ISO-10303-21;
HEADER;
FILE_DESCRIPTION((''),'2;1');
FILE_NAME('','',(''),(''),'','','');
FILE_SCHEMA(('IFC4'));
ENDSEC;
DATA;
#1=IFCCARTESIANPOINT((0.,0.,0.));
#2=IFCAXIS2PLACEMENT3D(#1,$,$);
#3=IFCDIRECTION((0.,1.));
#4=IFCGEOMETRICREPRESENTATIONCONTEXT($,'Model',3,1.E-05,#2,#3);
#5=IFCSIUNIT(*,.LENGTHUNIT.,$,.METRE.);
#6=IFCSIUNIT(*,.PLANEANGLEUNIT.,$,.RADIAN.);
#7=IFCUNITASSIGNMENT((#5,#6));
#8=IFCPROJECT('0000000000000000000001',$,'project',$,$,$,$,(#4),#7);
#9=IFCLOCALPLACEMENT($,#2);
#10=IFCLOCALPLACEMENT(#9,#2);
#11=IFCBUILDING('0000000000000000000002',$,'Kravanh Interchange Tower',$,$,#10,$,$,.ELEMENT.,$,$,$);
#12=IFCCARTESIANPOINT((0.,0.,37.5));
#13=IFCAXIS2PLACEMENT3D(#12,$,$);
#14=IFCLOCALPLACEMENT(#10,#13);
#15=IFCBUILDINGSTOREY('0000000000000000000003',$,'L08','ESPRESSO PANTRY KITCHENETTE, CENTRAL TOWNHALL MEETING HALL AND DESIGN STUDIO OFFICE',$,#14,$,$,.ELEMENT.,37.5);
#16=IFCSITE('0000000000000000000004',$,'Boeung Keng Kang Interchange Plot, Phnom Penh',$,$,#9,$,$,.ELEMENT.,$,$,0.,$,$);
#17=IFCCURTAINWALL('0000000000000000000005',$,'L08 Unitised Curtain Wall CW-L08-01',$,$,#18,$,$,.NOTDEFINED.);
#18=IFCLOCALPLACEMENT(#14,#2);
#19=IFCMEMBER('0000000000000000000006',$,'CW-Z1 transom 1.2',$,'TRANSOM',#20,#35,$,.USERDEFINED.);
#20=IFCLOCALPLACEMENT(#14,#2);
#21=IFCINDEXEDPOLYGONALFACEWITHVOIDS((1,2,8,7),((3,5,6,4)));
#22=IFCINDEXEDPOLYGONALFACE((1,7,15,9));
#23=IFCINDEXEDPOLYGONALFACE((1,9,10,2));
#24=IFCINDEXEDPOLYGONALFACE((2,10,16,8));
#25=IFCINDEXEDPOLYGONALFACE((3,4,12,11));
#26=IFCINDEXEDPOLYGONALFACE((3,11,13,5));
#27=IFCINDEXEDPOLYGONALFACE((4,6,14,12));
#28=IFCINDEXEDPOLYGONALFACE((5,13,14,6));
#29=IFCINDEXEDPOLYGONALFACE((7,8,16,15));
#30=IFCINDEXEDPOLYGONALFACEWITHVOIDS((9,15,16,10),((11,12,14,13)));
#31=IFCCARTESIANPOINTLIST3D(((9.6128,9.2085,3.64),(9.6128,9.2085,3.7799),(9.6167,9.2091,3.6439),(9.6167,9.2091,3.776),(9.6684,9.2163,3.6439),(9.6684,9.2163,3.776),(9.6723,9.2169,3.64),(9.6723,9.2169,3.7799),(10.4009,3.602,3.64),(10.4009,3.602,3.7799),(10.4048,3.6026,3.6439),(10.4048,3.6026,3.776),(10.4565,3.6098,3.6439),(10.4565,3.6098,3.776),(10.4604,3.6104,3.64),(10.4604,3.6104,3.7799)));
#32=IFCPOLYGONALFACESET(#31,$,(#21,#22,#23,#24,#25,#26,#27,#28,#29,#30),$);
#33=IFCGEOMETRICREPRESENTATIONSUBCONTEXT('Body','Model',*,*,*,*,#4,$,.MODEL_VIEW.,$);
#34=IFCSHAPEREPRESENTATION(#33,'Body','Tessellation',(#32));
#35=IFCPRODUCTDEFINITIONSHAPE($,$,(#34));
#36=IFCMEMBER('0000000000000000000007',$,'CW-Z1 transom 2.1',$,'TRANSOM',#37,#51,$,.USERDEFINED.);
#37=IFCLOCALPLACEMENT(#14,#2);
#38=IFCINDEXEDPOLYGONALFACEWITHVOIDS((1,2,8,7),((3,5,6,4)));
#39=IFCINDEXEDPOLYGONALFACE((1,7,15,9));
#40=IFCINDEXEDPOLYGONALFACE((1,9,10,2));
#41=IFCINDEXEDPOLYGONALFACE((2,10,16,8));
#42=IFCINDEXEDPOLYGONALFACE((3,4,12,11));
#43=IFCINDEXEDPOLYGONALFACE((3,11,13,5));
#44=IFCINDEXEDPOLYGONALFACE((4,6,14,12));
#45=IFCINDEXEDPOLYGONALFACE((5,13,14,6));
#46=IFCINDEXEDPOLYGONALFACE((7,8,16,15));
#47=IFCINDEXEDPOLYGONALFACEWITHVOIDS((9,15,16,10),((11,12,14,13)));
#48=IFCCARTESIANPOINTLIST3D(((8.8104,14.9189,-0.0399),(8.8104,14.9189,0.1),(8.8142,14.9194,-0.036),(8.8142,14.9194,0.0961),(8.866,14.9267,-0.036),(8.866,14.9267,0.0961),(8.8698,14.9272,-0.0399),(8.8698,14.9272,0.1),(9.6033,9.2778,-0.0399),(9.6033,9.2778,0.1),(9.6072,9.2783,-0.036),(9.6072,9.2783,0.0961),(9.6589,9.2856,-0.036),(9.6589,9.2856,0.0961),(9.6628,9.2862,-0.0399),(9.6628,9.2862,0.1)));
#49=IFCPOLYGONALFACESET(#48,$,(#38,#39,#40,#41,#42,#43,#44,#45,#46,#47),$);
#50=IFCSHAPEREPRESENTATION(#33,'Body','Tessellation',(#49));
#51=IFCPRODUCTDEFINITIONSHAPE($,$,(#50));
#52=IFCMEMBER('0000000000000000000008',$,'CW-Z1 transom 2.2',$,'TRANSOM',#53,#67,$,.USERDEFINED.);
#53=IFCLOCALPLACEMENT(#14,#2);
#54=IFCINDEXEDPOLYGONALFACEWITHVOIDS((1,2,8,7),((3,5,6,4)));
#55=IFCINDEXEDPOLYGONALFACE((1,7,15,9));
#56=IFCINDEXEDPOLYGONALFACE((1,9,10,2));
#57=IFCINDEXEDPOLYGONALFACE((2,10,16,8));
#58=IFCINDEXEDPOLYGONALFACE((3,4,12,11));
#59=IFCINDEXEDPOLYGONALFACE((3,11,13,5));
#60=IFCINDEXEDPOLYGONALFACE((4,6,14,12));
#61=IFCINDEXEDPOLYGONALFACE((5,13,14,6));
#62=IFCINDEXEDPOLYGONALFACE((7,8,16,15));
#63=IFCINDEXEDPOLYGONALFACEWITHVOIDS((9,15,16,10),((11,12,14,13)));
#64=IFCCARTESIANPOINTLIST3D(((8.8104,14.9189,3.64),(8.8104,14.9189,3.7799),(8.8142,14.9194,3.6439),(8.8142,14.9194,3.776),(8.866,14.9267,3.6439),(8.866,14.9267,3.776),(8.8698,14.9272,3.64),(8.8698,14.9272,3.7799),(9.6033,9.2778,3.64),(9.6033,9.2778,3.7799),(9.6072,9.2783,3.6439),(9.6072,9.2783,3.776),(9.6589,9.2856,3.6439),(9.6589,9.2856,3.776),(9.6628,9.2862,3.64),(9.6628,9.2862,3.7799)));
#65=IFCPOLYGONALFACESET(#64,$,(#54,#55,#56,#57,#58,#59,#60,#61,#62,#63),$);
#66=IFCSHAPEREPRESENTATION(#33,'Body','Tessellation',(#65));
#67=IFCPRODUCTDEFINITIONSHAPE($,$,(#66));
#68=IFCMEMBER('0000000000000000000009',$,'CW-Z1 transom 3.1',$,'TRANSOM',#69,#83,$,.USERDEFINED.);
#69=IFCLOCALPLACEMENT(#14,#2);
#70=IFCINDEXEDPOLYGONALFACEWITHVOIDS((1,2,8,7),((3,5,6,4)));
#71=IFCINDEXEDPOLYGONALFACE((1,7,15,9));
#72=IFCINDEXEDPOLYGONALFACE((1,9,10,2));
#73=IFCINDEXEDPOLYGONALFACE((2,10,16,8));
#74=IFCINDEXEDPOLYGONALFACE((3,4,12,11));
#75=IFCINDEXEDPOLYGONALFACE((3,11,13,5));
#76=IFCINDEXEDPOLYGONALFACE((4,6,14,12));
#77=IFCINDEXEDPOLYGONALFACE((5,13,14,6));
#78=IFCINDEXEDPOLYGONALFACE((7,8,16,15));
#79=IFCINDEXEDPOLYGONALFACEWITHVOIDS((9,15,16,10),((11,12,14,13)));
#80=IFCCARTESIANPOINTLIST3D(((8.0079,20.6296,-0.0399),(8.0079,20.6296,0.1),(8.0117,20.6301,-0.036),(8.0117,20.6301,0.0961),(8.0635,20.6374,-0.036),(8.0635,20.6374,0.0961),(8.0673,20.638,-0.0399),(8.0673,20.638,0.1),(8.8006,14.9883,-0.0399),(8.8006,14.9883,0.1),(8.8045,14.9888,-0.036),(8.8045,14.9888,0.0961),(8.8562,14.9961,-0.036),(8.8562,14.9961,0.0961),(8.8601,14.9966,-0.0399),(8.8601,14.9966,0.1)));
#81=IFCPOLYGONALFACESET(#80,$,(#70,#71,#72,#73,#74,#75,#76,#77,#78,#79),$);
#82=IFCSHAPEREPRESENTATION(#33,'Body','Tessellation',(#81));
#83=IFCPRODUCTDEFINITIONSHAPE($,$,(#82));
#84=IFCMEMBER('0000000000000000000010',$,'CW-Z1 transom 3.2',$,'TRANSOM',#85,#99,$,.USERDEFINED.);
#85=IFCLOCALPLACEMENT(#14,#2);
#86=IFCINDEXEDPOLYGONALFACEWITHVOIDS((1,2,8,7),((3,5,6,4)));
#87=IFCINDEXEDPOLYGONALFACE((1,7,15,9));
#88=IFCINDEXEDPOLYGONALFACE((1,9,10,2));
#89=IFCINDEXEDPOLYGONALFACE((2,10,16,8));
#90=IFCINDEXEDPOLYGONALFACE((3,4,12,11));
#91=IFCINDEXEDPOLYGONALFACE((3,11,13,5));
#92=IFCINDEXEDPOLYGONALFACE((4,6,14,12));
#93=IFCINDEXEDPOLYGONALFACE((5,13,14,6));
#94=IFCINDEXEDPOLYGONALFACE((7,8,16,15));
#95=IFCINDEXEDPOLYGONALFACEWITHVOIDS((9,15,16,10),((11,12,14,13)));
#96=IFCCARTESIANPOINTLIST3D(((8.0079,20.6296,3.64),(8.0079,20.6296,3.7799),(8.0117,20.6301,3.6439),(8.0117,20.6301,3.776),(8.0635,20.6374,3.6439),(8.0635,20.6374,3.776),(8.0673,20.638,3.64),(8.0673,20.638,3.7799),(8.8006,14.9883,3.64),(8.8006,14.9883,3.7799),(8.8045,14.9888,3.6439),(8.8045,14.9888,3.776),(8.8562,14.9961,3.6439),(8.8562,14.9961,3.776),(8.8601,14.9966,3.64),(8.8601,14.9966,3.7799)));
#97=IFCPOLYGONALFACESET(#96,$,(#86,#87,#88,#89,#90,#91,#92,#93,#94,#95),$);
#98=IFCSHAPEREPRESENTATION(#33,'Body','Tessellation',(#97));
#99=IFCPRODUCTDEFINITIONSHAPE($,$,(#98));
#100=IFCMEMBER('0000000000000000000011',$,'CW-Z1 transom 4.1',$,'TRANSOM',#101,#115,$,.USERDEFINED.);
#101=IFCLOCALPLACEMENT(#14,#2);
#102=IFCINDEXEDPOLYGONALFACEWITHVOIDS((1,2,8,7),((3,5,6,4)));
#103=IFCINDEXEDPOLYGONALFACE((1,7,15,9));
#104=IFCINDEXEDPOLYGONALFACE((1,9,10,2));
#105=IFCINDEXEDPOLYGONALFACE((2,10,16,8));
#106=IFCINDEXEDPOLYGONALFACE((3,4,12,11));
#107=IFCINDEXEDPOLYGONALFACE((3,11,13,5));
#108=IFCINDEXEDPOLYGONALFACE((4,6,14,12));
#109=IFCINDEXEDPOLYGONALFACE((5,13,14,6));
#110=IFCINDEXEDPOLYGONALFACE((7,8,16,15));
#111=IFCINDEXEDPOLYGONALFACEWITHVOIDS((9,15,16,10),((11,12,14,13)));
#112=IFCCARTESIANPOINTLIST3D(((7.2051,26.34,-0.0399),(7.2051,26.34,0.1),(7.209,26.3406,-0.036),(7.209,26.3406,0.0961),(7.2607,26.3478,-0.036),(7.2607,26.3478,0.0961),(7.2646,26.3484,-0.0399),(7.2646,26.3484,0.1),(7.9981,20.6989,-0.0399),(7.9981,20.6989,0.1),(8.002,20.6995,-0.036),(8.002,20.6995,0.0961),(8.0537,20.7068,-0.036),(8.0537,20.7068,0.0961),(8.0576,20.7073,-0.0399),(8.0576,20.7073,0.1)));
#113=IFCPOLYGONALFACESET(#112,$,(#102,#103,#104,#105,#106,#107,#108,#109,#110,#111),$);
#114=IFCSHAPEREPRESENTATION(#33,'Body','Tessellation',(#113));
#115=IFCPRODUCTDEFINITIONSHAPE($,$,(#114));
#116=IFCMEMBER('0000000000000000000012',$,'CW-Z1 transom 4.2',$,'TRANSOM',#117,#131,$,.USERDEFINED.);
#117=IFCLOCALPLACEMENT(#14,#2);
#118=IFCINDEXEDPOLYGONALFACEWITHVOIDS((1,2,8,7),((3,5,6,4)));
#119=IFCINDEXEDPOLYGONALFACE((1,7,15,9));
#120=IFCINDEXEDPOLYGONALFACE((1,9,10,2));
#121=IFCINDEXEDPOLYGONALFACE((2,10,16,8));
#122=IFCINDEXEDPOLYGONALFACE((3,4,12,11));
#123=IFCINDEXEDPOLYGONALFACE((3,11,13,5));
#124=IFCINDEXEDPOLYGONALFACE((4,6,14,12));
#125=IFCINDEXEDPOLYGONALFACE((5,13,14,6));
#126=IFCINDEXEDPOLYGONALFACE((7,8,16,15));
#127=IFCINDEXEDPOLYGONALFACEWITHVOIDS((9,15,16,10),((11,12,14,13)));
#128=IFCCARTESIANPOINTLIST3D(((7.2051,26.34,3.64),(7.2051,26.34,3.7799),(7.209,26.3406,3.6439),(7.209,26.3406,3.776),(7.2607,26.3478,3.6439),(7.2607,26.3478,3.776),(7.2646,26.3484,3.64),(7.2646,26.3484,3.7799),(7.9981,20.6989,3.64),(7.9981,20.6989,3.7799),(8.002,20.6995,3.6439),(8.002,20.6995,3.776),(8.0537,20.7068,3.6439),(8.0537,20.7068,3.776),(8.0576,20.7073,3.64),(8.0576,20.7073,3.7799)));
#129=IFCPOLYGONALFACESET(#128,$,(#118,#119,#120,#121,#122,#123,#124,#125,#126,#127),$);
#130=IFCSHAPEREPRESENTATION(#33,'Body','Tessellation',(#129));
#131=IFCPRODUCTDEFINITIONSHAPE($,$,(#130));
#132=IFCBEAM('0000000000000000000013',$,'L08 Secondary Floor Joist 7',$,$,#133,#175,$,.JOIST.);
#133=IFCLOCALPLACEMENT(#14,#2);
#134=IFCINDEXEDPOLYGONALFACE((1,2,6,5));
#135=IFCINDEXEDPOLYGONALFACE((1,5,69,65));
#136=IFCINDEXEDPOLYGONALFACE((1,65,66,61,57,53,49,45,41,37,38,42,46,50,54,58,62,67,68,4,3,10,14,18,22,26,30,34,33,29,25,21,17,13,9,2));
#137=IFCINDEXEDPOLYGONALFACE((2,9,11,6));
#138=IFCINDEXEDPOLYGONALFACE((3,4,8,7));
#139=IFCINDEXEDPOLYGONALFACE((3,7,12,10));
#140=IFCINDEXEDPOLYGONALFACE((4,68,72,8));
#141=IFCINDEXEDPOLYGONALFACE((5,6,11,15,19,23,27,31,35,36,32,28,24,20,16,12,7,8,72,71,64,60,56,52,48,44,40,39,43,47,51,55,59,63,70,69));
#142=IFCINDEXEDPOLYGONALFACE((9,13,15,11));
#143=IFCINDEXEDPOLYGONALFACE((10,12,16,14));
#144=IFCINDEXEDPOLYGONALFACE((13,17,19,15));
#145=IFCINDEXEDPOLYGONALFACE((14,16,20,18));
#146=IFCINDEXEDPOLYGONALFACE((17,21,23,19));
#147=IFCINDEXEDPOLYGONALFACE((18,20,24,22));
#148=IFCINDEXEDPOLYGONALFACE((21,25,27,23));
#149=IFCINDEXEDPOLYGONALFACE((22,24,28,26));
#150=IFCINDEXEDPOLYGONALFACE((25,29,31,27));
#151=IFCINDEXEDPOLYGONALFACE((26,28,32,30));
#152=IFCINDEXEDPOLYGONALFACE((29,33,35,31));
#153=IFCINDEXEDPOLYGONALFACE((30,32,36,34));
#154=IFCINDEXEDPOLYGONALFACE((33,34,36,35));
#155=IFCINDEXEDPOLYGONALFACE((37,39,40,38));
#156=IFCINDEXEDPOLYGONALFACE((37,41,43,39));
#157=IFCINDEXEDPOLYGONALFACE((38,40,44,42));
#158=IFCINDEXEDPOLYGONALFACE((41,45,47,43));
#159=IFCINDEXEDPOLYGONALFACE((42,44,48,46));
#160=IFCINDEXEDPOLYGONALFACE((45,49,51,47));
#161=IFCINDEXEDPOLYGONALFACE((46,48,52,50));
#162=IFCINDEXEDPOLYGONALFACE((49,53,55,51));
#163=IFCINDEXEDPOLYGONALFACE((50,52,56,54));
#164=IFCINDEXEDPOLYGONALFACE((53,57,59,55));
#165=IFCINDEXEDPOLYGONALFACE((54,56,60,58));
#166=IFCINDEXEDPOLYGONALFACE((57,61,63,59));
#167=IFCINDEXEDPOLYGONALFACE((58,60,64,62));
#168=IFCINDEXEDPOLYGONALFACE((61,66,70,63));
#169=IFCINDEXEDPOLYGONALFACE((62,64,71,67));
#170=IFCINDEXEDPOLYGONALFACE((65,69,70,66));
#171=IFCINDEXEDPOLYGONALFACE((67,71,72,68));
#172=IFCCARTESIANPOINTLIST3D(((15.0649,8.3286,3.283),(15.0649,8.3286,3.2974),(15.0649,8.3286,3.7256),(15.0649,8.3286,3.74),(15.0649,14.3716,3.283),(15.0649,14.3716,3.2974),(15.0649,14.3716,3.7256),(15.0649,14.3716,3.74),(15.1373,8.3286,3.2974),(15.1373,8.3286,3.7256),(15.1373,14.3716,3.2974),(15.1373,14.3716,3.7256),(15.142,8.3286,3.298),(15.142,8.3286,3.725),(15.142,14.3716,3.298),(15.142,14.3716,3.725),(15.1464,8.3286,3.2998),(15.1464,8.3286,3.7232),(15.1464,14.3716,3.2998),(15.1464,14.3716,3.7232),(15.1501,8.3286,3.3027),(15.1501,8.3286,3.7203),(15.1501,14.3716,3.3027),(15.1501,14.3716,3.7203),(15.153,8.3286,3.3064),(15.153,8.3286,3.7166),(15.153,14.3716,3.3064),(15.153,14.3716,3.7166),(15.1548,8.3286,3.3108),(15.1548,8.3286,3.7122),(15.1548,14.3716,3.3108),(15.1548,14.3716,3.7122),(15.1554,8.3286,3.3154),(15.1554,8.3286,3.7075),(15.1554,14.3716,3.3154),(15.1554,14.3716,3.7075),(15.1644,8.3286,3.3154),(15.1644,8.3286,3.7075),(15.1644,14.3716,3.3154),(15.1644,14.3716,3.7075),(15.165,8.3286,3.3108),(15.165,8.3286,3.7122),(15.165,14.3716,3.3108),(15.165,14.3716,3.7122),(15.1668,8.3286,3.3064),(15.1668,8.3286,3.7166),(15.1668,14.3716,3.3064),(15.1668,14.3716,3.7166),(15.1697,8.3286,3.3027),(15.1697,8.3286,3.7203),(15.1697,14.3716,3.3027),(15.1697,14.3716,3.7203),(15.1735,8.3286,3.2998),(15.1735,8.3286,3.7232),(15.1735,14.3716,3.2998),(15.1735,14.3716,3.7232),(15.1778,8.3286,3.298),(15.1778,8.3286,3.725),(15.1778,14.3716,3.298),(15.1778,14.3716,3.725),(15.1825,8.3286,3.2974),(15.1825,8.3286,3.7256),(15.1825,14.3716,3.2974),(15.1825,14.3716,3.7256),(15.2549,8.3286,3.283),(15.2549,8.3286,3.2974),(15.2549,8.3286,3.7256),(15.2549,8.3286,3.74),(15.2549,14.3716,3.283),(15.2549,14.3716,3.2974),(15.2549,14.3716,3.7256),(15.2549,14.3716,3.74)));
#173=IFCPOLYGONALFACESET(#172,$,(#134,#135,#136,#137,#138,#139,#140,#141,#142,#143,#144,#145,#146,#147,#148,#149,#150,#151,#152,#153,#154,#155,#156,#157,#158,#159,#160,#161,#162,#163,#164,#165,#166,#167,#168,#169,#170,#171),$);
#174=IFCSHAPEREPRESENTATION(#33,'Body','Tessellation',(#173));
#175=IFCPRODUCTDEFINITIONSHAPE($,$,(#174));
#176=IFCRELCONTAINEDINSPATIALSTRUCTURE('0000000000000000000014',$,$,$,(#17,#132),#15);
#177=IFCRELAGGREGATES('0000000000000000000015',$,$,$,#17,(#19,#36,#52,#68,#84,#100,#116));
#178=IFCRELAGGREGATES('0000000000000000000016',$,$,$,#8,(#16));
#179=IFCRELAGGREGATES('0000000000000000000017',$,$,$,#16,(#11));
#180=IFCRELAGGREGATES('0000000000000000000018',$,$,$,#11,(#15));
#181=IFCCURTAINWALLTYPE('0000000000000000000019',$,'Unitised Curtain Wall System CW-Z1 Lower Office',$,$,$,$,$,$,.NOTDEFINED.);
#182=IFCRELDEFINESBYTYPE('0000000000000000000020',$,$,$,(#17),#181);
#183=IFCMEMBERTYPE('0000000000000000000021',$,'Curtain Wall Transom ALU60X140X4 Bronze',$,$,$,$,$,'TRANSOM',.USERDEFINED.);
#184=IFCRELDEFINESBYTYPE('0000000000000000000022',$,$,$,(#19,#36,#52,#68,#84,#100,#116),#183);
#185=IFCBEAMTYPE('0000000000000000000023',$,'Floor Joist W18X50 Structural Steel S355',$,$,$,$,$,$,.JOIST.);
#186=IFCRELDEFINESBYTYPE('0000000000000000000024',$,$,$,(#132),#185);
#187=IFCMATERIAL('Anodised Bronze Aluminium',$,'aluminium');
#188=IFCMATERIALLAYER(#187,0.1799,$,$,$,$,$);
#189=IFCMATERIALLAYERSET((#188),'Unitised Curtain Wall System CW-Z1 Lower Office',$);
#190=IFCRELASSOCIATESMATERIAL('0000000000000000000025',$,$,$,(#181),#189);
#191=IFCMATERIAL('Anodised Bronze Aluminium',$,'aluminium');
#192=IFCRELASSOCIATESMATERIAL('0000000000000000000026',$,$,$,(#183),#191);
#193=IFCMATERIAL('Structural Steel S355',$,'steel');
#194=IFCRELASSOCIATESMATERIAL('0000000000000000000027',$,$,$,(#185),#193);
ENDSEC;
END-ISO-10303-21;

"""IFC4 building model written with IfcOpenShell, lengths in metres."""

from ifc_helpers import new_model, si_unit, direction, frame, origin, origin_2d, place, context, subcontext, project, spatial, hollow_rectangle, i_section, extrude, material, layer, layer_set, material_profile, profile_set, type_object, element, aggregate, save


model = new_model("IFC4")

# Units and contexts
model_context = context("Model", 3, precision=1e-05, world=origin(), true_north=direction((0.0, 1.0)))
body_context = subcontext(model_context, "Body", "Model", "MODEL_VIEW")
ifc_project = project(units=[si_unit("LENGTHUNIT", "METRE"), si_unit("PLANEANGLEUNIT", "RADIAN")], contexts=[model_context])

# Site, building, storey
site_placement = place(None, origin())
site = spatial("IfcSite", under=ifc_project, at=site_placement, Name="Boeung Keng Kang Interchange Plot, Phnom Penh", CompositionType="ELEMENT", RefElevation=0.0)
building_placement = place(site_placement, origin())
building = spatial("IfcBuilding", under=site, at=building_placement, Name="Kravanh Interchange Tower", CompositionType="ELEMENT")
storey_placement = place(building_placement, frame((0.0, 0.0, 37.5)))
storey = spatial("IfcBuildingStorey", under=building, at=storey_placement, Name="L08", Description="ESPRESSO PANTRY KITCHENETTE, CENTRAL TOWNHALL MEETING HALL AND DESIGN STUDIO OFFICE", CompositionType="ELEMENT", Elevation=37.5)

# Curtain wall, members
ifc_material_1 = material(Name="Anodised Bronze Aluminium", Category="aluminium")
ifc_layer_1 = layer(ifc_material_1, 0.1799)
ifc_layer_set_1 = layer_set([ifc_layer_1], Name="Unitised Curtain Wall System CW-Z1 Lower Office")
curtain_wall_type = type_object("IfcCurtainWallType", Name="Unitised Curtain Wall System CW-Z1 Lower Office", PredefinedType="NOTDEFINED", material=ifc_layer_set_1)
curtain_wall_placement = place(storey_placement, origin())
curtain_wall = element("IfcCurtainWall", 1, at=curtain_wall_placement, inside=storey, type_object=curtain_wall_type, Name="L08 Unitised Curtain Wall CW-L08-01", PredefinedType="NOTDEFINED")
ifc_material_2 = material(Name="Anodised Bronze Aluminium", Category="aluminium")
ifc_material_profile_1 = material_profile(ifc_material_2, hollow_rectangle(XDim=0.0601, YDim=0.1399, WallThickness=0.0039, at=origin_2d()), Name="ALU60X140X4")
ifc_profile_set_1 = profile_set([ifc_material_profile_1], Name="Anodised Bronze Aluminium")
member_type_1 = type_object("IfcMemberType", Name="Curtain Wall Transom ALU60X140X4 Bronze", ElementType="TRANSOM", PredefinedType="USERDEFINED", material=ifc_profile_set_1)
member_1_placement = place(storey_placement, frame((10.4307, 3.6062, 3.71), z_axis=(-0.139199, 0.990264, 0.0), x_axis=(-0.990264, -0.139199, 0.0)))
member_1 = element("IfcMember", 2, at=member_1_placement, type_object=member_type_1, Name="CW-Z1 transom 1.2", ObjectType="TRANSOM", PredefinedType="USERDEFINED", context=body_context, shape_type="SweptSolid", body=[
    extrude(hollow_rectangle(XDim=0.0601, YDim=0.1399, WallThickness=0.0039, at=origin_2d()), origin(), (0.0, 0.0, 1.0), 5.6616),
])
member_2_placement = place(storey_placement, frame((9.6331, 9.282, 0.03), z_axis=(-0.139201, 0.990264, 0.0), x_axis=(-0.990264, -0.139201, 0.0)))
member_2 = element("IfcMember", 3, at=member_2_placement, type_object=member_type_1, Name="CW-Z1 transom 2.1", ObjectType="TRANSOM", PredefinedType="USERDEFINED", context=body_context, shape_type="SweptSolid", body=[
    extrude(hollow_rectangle(XDim=0.0601, YDim=0.1399, WallThickness=0.0039, at=origin_2d()), origin(), (0.0, 0.0, 1.0), 5.6965),
])
member_3_placement = place(storey_placement, frame((9.6331, 9.282, 3.71), z_axis=(-0.139201, 0.990264, 0.0), x_axis=(-0.990264, -0.139201, 0.0)))
member_3 = element("IfcMember", 4, at=member_3_placement, type_object=member_type_1, Name="CW-Z1 transom 2.2", ObjectType="TRANSOM", PredefinedType="USERDEFINED", context=body_context, shape_type="SweptSolid", body=[
    extrude(hollow_rectangle(XDim=0.0601, YDim=0.1399, WallThickness=0.0039, at=origin_2d()), origin(), (0.0, 0.0, 1.0), 5.6965),
])
member_4_placement = place(storey_placement, frame((8.8303, 14.9924, 0.03), z_axis=(-0.139153, 0.990271, 0.0), x_axis=(-0.990271, -0.139153, 0.0)))
member_4 = element("IfcMember", 5, at=member_4_placement, type_object=member_type_1, Name="CW-Z1 transom 3.1", ObjectType="TRANSOM", PredefinedType="USERDEFINED", context=body_context, shape_type="SweptSolid", body=[
    extrude(hollow_rectangle(XDim=0.0601, YDim=0.1399, WallThickness=0.0039, at=origin_2d()), origin(), (0.0, 0.0, 1.0), 5.6968),
])
member_5_placement = place(storey_placement, frame((8.8303, 14.9924, 3.71), z_axis=(-0.139153, 0.990271, 0.0), x_axis=(-0.990271, -0.139153, 0.0)))
member_5 = element("IfcMember", 6, at=member_5_placement, type_object=member_type_1, Name="CW-Z1 transom 3.2", ObjectType="TRANSOM", PredefinedType="USERDEFINED", context=body_context, shape_type="SweptSolid", body=[
    extrude(hollow_rectangle(XDim=0.0601, YDim=0.1399, WallThickness=0.0039, at=origin_2d()), origin(), (0.0, 0.0, 1.0), 5.6968),
])
member_6_placement = place(storey_placement, frame((8.0278, 20.7031, 0.03), z_axis=(-0.139201, 0.990264, 0.0), x_axis=(-0.990264, -0.139201, 0.0)))
member_6 = element("IfcMember", 7, at=member_6_placement, type_object=member_type_1, Name="CW-Z1 transom 4.1", ObjectType="TRANSOM", PredefinedType="USERDEFINED", context=body_context, shape_type="SweptSolid", body=[
    extrude(hollow_rectangle(XDim=0.0601, YDim=0.1399, WallThickness=0.0039, at=origin_2d()), origin(), (0.0, 0.0, 1.0), 5.6965),
])
member_7_placement = place(storey_placement, frame((8.0278, 20.7031, 3.71), z_axis=(-0.139201, 0.990264, 0.0), x_axis=(-0.990264, -0.139201, 0.0)))
member_7 = element("IfcMember", 8, at=member_7_placement, type_object=member_type_1, Name="CW-Z1 transom 4.2", ObjectType="TRANSOM", PredefinedType="USERDEFINED", context=body_context, shape_type="SweptSolid", body=[
    extrude(hollow_rectangle(XDim=0.0601, YDim=0.1399, WallThickness=0.0039, at=origin_2d()), origin(), (0.0, 0.0, 1.0), 5.6965),
])

# Beam
ifc_material_3 = material(Name="Structural Steel S355", Category="steel")
ifc_material_profile_2 = material_profile(ifc_material_3, i_section(OverallWidth=0.1899, OverallDepth=0.457, WebThickness=0.009, FlangeThickness=0.0144, FilletRadius=0.0181, at=origin_2d()), Name="W18X50")
ifc_profile_set_2 = profile_set([ifc_material_profile_2], Name="Structural Steel S355")
beam_type_1 = type_object("IfcBeamType", Name="Floor Joist W18X50 Structural Steel S355", PredefinedType="JOIST", material=ifc_profile_set_2)
beam_1_placement = place(storey_placement, frame((15.1599, 8.3286, 3.5115), z_axis=(0.0, 1.0, 0.0), x_axis=(-1.0, 0.0, 0.0)))
element("IfcBeam", 9, at=beam_1_placement, inside=storey, type_object=beam_type_1, Name="L08 Secondary Floor Joist 7", PredefinedType="JOIST", context=body_context, shape_type="SweptSolid", body=[
    extrude(i_section(OverallWidth=0.1899, OverallDepth=0.457, WebThickness=0.009, FlangeThickness=0.0144, FilletRadius=0.0181, at=origin_2d()), origin(), (0.0, 0.0, 1.0), 6.043),
])

aggregate(curtain_wall, [member_1, member_2, member_3, member_4, member_5, member_6, member_7])

save(model, "model.ifc")
